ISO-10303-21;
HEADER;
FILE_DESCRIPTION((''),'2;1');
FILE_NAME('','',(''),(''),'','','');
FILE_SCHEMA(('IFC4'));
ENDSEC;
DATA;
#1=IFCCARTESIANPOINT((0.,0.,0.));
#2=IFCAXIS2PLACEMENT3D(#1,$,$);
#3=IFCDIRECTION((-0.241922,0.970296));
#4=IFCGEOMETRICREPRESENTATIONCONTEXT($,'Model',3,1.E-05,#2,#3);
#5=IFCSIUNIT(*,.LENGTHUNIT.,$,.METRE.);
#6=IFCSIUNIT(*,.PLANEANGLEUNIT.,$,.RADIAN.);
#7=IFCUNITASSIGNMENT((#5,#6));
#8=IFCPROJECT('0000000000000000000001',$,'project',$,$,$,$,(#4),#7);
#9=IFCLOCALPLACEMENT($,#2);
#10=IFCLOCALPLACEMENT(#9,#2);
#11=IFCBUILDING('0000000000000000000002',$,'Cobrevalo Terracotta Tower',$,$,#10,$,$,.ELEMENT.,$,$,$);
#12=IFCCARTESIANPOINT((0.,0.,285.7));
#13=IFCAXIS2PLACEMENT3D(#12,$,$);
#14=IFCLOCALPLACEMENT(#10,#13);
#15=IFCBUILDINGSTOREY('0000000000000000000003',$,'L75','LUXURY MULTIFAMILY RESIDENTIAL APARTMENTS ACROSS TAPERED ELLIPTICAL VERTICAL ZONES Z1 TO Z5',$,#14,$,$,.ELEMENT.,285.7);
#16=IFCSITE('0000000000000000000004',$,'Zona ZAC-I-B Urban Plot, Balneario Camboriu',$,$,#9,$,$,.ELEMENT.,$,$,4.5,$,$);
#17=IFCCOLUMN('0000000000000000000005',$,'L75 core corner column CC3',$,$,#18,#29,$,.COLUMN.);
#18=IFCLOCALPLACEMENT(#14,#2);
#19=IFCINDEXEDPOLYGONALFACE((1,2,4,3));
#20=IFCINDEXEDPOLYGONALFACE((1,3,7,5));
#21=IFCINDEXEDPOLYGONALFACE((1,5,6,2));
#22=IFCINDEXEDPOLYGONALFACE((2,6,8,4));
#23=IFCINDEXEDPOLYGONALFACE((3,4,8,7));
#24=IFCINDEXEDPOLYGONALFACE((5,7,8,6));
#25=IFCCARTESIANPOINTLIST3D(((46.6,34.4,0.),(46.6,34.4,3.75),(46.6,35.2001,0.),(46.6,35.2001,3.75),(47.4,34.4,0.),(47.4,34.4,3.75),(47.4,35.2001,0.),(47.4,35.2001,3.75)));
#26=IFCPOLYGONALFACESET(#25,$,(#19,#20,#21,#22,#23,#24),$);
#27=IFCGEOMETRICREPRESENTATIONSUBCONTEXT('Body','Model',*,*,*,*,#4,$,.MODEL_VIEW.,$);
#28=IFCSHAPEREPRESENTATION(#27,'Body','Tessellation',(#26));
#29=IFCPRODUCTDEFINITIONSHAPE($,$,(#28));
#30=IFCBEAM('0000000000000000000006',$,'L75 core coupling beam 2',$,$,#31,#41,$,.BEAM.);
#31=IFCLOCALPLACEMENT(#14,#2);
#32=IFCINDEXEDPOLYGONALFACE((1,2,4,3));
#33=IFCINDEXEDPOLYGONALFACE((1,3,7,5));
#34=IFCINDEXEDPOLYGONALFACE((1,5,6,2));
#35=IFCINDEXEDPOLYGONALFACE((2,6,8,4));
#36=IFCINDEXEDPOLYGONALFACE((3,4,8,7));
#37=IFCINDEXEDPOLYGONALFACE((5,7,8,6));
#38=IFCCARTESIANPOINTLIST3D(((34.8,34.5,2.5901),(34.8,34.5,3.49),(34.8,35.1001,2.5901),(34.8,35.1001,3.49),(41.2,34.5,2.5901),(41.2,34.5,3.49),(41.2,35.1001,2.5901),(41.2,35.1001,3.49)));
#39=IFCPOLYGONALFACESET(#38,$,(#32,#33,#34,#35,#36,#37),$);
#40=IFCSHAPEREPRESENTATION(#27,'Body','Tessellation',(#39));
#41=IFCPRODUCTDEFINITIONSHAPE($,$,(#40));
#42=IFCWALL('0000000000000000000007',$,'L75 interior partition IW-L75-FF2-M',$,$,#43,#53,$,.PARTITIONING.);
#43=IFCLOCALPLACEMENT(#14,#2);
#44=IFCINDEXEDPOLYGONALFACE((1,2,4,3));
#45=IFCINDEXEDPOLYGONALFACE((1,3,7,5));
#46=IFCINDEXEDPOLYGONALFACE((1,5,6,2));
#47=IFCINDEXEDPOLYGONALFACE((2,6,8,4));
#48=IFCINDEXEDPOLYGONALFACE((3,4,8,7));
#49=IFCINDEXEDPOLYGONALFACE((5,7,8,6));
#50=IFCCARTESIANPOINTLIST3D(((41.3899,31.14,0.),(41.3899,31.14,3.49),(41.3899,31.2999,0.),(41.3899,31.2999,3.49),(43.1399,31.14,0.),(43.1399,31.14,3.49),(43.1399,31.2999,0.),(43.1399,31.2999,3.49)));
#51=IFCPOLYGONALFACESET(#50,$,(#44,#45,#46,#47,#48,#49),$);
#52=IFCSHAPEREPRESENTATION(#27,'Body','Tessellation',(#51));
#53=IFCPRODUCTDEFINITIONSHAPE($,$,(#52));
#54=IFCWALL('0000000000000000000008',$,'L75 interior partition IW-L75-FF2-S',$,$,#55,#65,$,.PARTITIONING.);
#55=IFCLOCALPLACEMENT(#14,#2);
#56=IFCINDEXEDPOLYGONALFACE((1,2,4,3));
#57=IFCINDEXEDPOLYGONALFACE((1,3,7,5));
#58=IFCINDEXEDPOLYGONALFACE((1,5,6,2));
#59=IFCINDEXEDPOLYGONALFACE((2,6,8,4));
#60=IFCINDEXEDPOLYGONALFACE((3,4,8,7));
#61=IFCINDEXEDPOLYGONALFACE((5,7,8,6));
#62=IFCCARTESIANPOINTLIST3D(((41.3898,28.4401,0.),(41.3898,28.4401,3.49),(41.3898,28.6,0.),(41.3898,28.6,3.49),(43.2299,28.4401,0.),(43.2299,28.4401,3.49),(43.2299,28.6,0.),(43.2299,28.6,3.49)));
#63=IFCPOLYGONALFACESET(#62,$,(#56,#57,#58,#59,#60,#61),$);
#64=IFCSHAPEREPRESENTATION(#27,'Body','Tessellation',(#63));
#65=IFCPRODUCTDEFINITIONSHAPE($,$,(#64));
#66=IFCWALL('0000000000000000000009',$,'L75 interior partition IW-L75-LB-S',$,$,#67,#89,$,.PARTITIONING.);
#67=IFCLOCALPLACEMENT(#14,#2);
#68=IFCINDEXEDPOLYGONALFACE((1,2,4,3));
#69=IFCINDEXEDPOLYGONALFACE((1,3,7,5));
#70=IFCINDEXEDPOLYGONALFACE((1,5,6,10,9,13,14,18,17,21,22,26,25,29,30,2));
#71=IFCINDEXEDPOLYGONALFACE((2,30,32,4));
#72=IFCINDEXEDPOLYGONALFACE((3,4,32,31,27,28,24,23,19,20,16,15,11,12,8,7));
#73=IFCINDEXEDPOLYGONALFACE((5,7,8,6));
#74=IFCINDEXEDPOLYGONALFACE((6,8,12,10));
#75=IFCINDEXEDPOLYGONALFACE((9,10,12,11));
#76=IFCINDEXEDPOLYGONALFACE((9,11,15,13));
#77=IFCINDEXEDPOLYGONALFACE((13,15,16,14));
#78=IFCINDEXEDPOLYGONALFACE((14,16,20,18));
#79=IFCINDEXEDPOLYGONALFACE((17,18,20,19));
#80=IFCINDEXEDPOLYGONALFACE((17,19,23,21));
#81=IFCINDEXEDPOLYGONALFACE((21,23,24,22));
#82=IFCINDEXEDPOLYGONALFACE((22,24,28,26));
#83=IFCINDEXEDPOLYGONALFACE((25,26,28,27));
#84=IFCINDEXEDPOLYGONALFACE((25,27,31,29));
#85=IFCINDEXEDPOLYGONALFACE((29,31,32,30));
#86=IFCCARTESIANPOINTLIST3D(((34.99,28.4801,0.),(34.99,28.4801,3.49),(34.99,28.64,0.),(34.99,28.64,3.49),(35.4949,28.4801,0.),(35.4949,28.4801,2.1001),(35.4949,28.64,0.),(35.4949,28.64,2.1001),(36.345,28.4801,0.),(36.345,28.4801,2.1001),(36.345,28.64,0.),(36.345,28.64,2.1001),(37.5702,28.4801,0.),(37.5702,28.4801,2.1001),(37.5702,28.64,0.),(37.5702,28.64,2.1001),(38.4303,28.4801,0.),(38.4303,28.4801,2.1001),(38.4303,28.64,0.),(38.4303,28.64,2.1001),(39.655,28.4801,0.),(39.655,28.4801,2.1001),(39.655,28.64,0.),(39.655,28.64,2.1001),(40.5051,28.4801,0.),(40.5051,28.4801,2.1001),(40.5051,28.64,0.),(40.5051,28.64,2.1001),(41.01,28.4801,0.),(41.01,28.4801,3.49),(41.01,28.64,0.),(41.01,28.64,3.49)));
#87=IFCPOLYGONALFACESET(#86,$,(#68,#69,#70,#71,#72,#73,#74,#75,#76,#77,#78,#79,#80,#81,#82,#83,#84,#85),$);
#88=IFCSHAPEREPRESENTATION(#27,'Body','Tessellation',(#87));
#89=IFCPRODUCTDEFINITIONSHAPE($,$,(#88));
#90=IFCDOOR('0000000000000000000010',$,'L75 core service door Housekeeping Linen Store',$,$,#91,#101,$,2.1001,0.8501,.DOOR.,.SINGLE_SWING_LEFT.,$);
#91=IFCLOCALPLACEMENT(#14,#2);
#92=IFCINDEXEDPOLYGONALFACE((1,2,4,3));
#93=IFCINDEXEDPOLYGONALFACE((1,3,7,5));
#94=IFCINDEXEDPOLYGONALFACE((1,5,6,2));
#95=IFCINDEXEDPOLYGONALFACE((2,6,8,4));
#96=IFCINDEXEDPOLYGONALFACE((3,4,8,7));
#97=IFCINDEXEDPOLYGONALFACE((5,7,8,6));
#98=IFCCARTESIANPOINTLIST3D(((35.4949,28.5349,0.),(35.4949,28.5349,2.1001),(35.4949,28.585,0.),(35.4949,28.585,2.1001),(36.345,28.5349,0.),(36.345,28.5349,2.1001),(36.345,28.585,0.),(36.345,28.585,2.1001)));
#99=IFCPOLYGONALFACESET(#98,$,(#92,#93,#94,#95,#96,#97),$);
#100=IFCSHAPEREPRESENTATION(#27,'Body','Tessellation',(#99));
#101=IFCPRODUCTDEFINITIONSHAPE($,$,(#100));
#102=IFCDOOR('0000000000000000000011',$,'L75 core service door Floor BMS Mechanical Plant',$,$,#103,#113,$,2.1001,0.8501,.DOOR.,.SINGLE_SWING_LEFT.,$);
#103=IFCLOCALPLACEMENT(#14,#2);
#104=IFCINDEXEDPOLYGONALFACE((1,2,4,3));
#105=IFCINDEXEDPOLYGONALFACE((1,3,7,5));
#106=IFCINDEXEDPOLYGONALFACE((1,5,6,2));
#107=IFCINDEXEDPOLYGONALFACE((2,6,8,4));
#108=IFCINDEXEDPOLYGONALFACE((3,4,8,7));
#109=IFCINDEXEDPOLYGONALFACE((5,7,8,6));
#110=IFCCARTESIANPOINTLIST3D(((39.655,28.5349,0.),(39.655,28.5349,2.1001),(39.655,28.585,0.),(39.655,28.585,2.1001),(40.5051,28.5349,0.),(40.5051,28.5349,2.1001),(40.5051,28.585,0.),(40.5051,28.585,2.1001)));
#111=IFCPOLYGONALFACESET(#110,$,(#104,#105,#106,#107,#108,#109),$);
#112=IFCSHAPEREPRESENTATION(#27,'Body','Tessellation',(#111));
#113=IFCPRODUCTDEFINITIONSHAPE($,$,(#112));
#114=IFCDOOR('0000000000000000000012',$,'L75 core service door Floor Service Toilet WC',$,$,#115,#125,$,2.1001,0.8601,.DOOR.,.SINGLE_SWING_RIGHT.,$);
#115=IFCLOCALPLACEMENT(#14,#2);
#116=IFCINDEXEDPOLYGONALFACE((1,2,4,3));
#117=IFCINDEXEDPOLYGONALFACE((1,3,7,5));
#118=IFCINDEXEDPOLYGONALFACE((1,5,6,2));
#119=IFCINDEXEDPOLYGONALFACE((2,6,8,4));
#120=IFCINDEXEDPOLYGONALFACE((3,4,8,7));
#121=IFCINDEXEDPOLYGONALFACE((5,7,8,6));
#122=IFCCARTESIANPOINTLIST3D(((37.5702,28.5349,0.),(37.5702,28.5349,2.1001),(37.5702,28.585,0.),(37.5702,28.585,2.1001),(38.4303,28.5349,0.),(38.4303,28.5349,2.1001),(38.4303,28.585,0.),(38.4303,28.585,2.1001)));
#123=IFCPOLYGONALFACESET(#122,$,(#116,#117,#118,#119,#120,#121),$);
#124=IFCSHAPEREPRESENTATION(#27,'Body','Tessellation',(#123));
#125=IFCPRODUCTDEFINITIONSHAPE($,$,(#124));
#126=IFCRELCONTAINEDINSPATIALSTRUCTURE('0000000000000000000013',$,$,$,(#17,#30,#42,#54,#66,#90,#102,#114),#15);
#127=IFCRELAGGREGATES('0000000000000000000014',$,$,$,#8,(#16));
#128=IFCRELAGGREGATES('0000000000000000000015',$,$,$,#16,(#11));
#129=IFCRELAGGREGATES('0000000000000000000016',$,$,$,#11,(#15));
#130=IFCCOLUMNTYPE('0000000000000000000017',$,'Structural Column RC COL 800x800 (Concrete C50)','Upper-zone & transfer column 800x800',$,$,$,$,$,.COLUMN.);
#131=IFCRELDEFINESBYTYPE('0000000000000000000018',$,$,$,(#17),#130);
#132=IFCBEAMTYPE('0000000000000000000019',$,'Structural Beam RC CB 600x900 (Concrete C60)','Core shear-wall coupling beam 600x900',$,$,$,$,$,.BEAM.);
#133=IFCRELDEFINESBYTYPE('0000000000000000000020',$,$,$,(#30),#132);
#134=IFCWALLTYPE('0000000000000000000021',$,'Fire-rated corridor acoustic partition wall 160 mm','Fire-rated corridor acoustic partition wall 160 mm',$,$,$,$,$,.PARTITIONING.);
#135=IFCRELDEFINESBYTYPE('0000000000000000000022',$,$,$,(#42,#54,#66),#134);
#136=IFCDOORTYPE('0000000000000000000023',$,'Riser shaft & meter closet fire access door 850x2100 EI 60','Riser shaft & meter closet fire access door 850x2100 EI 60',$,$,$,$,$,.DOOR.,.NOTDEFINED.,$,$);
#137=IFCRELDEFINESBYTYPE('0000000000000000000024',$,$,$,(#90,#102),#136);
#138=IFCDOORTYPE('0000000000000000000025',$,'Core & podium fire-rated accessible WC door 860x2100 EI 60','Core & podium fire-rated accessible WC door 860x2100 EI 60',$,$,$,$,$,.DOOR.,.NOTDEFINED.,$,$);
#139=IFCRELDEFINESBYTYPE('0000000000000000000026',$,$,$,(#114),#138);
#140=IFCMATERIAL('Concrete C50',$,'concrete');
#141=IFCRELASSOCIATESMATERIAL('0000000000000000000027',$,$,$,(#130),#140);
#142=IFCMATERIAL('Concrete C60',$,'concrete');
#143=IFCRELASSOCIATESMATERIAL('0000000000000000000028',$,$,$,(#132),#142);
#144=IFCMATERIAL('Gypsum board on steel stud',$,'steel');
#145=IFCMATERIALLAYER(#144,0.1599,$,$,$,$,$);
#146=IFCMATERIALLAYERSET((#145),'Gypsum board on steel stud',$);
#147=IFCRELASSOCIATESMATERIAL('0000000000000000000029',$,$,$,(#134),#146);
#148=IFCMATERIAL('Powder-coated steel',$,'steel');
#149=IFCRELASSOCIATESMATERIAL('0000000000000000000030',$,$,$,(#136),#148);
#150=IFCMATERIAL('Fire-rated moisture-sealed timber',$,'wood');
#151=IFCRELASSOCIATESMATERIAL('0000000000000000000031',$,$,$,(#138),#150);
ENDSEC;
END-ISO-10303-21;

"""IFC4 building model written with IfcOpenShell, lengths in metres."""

from ifc_helpers import new_model, si_unit, direction, frame, frame_2d, origin, origin_2d, place, context, subcontext, project, spatial, rectangle, extrude, source, transform, mapped, material, layer, layer_set, material_profile, profile_set, type_object, element, fill, save


model = new_model("IFC4")

# Units and contexts
model_context = context("Model", 3, precision=1e-05, world=origin(), true_north=direction((-0.241922, 0.970296)))
body_context = subcontext(model_context, "Body", "Model", "MODEL_VIEW")
ifc_project = project(units=[si_unit("LENGTHUNIT", "METRE"), si_unit("PLANEANGLEUNIT", "RADIAN")], contexts=[model_context])

# Site, building, storey
site_placement = place(None, origin())
site = spatial("IfcSite", under=ifc_project, at=site_placement, Name="Zona ZAC-I-B Urban Plot, Balneario Camboriu", CompositionType="ELEMENT", RefElevation=4.5)
building_placement = place(site_placement, origin())
building = spatial("IfcBuilding", under=site, at=building_placement, Name="Cobrevalo Terracotta Tower", CompositionType="ELEMENT")
storey_placement = place(building_placement, frame((0.0, 0.0, 285.7)))
storey = spatial("IfcBuildingStorey", under=building, at=storey_placement, Name="L75", Description="LUXURY MULTIFAMILY RESIDENTIAL APARTMENTS ACROSS TAPERED ELLIPTICAL VERTICAL ZONES Z1 TO Z5", CompositionType="ELEMENT", Elevation=285.7)

# Column
ifc_material_1 = material(Name="Concrete C50", Category="concrete")
ifc_material_profile_1 = material_profile(ifc_material_1, rectangle(XDim=0.8, YDim=0.8, at=origin_2d()), Name="RC COL 800x800")
ifc_profile_set_1 = profile_set([ifc_material_profile_1], Name="Concrete C50")
column_type = type_object("IfcColumnType", Name="Structural Column RC COL 800x800 (Concrete C50)", Description="Upper-zone & transfer column 800x800", PredefinedType="COLUMN", material=ifc_profile_set_1)
column_placement = place(storey_placement, frame((47.0, 34.8, 0.0), z_axis=(0.0, 0.0, 1.0), x_axis=(1.0, 0.0, 0.0)))
element("IfcColumn", 1, at=column_placement, inside=storey, type_object=column_type, Name="L75 core corner column CC3", PredefinedType="COLUMN", context=body_context, shape_type="SweptSolid", body=[
    extrude(rectangle(XDim=0.8, YDim=0.8, at=origin_2d()), origin(), (0.0, 0.0, 1.0), 3.75),
])

# Beam
ifc_material_2 = material(Name="Concrete C60", Category="concrete")
ifc_material_profile_2 = material_profile(ifc_material_2, rectangle(XDim=0.6001, YDim=0.8999, at=origin_2d()), Name="RC CB 600x900")
ifc_profile_set_2 = profile_set([ifc_material_profile_2], Name="Concrete C60")
beam_type = type_object("IfcBeamType", Name="Structural Beam RC CB 600x900 (Concrete C60)", Description="Core shear-wall coupling beam 600x900", PredefinedType="BEAM", material=ifc_profile_set_2)
beam_placement = place(storey_placement, frame((34.8, 34.8, 3.04), z_axis=(1.0, 0.0, 0.0), x_axis=(0.0, 1.0, 0.0)))
element("IfcBeam", 2, at=beam_placement, inside=storey, type_object=beam_type, Name="L75 core coupling beam 2", PredefinedType="BEAM", context=body_context, shape_type="SweptSolid", body=[
    extrude(rectangle(XDim=0.6001, YDim=0.8999, at=origin_2d()), origin(), (0.0, 0.0, 1.0), 6.3999),
])

# Walls
ifc_material_3 = material(Name="Gypsum board on steel stud", Category="steel")
ifc_layer_1 = layer(ifc_material_3, 0.1599)
ifc_layer_set_1 = layer_set([ifc_layer_1], Name="Gypsum board on steel stud")
wall_type_1 = type_object("IfcWallType", Name="Fire-rated corridor acoustic partition wall 160 mm", Description="Fire-rated corridor acoustic partition wall 160 mm", PredefinedType="PARTITIONING", material=ifc_layer_set_1)
wall_1_placement = place(storey_placement, frame((41.3899, 31.22, 0.0), z_axis=(0.0, 0.0, 1.0), x_axis=(1.0, 0.0, 0.0)))
element("IfcWall", 3, at=wall_1_placement, inside=storey, type_object=wall_type_1, Name="L75 interior partition IW-L75-FF2-M", PredefinedType="PARTITIONING", context=body_context, shape_type="SweptSolid", body=[
    extrude(rectangle(XDim=1.75, YDim=0.1599, at=frame_2d((0.875, 0.0))), origin(), (0.0, 0.0, 1.0), 3.49),
])
wall_2_placement = place(storey_placement, frame((41.3899, 28.52, 0.0), z_axis=(0.0, 0.0, 1.0), x_axis=(1.0, 0.0, 0.0)))
element("IfcWall", 4, at=wall_2_placement, inside=storey, type_object=wall_type_1, Name="L75 interior partition IW-L75-FF2-S", PredefinedType="PARTITIONING", context=body_context, shape_type="SweptSolid", body=[
    extrude(rectangle(XDim=1.8401, YDim=0.1599, at=frame_2d((0.9199, 0.0))), origin(), (0.0, 0.0, 1.0), 3.49),
])

# Wall, openings, doors
wall_3_placement = place(storey_placement, frame((34.99, 28.5601, 0.0), z_axis=(0.0, 0.0, 1.0), x_axis=(1.0, 0.0, 0.0)))
wall_3 = element("IfcWall", 5, at=wall_3_placement, inside=storey, type_object=wall_type_1, Name="L75 interior partition IW-L75-LB-S", PredefinedType="PARTITIONING", context=body_context, shape_type="SweptSolid", body=[
    extrude(rectangle(XDim=6.02, YDim=0.1599, at=frame_2d((3.01, 0.0))), origin(), (0.0, 0.0, 1.0), 3.49),
])
opening_1_placement = place(wall_3_placement, frame((0.5049, 0.0, 0.0)))
opening_1 = element("IfcOpeningElement", 6, at=opening_1_placement, cuts=wall_3, PredefinedType="OPENING", context=body_context, shape_type="SweptSolid", body=[
    extrude(rectangle(XDim=0.8501, YDim=2.1001, at=frame_2d((0.425, 1.05))), frame((0.0, 0.0898, 0.0), z_axis=(0.0, -1.0, 0.0), x_axis=(1.0, 0.0, 0.0)), (0.0, 0.0, 1.0), 0.1799),
])
opening_2_placement = place(wall_3_placement, frame((2.5801, 0.0, 0.0)))
opening_2 = element("IfcOpeningElement", 7, at=opening_2_placement, cuts=wall_3, PredefinedType="OPENING", context=body_context, shape_type="SweptSolid", body=[
    extrude(rectangle(XDim=0.8601, YDim=2.1001, at=frame_2d((0.4302, 1.05))), frame((0.0, 0.0898, 0.0), z_axis=(0.0, -1.0, 0.0), x_axis=(1.0, 0.0, 0.0)), (0.0, 0.0, 1.0), 0.1799),
])
opening_3_placement = place(wall_3_placement, frame((4.665, 0.0, 0.0)))
opening_3 = element("IfcOpeningElement", 8, at=opening_3_placement, cuts=wall_3, PredefinedType="OPENING", context=body_context, shape_type="SweptSolid", body=[
    extrude(rectangle(XDim=0.8501, YDim=2.1001, at=frame_2d((0.425, 1.05))), frame((0.0, 0.0898, 0.0), z_axis=(0.0, -1.0, 0.0), x_axis=(1.0, 0.0, 0.0)), (0.0, 0.0, 1.0), 0.1799),
])
ifc_material_4 = material(Name="Powder-coated steel", Category="steel")
door_type_1 = type_object("IfcDoorType", Name="Riser shaft & meter closet fire access door 850x2100 EI 60", Description="Riser shaft & meter closet fire access door 850x2100 EI 60", OperationType="NOTDEFINED", PredefinedType="DOOR", material=ifc_material_4)
shared_shape_1 = source(origin(), body_context, "Body", "SweptSolid", [
    extrude(rectangle(XDim=0.8501, YDim=2.1001, at=frame_2d((0.425, 1.05))), frame((0.0, 0.0249, 0.0), z_axis=(0.0, -1.0, 0.0), x_axis=(1.0, 0.0, 0.0)), (0.0, 0.0, 1.0), 0.05),
])
door_1_placement = place(opening_1_placement, origin())
door_1 = element("IfcDoor", 9, at=door_1_placement, inside=storey, type_object=door_type_1, Name="L75 core service door Housekeeping Linen Store", OperationType="SINGLE_SWING_LEFT", OverallHeight=2.1001, OverallWidth=0.8501, PredefinedType="DOOR", context=body_context, shape_type="MappedRepresentation", body=[
    mapped(shared_shape_1, transform((0.0, 0.0, 0.0), scale=1.0)),
])
fill(opening_1, door_1)
door_2_placement = place(opening_3_placement, origin())
door_2 = element("IfcDoor", 10, at=door_2_placement, inside=storey, type_object=door_type_1, Name="L75 core service door Floor BMS Mechanical Plant", OperationType="SINGLE_SWING_LEFT", OverallHeight=2.1001, OverallWidth=0.8501, PredefinedType="DOOR", context=body_context, shape_type="MappedRepresentation", body=[
    mapped(shared_shape_1, transform((0.0, 0.0, 0.0), scale=1.0)),
])
fill(opening_3, door_2)
ifc_material_5 = material(Name="Fire-rated moisture-sealed timber", Category="wood")
door_type_2 = type_object("IfcDoorType", Name="Core & podium fire-rated accessible WC door 860x2100 EI 60", Description="Core & podium fire-rated accessible WC door 860x2100 EI 60", OperationType="NOTDEFINED", PredefinedType="DOOR", material=ifc_material_5)
shared_shape_2 = source(origin(), body_context, "Body", "SweptSolid", [
    extrude(rectangle(XDim=0.8601, YDim=2.1001, at=frame_2d((0.4302, 1.05))), frame((0.0, 0.0249, 0.0), z_axis=(0.0, -1.0, 0.0), x_axis=(1.0, 0.0, 0.0)), (0.0, 0.0, 1.0), 0.05),
])
door_3_placement = place(opening_2_placement, origin())
door_3 = element("IfcDoor", 11, at=door_3_placement, inside=storey, type_object=door_type_2, Name="L75 core service door Floor Service Toilet WC", OperationType="SINGLE_SWING_RIGHT", OverallHeight=2.1001, OverallWidth=0.8601, PredefinedType="DOOR", context=body_context, shape_type="MappedRepresentation", body=[
    mapped(shared_shape_2, transform((0.0, 0.0, 0.0), scale=1.0)),
])
fill(opening_2, door_3)

save(model, "model.ifc")
